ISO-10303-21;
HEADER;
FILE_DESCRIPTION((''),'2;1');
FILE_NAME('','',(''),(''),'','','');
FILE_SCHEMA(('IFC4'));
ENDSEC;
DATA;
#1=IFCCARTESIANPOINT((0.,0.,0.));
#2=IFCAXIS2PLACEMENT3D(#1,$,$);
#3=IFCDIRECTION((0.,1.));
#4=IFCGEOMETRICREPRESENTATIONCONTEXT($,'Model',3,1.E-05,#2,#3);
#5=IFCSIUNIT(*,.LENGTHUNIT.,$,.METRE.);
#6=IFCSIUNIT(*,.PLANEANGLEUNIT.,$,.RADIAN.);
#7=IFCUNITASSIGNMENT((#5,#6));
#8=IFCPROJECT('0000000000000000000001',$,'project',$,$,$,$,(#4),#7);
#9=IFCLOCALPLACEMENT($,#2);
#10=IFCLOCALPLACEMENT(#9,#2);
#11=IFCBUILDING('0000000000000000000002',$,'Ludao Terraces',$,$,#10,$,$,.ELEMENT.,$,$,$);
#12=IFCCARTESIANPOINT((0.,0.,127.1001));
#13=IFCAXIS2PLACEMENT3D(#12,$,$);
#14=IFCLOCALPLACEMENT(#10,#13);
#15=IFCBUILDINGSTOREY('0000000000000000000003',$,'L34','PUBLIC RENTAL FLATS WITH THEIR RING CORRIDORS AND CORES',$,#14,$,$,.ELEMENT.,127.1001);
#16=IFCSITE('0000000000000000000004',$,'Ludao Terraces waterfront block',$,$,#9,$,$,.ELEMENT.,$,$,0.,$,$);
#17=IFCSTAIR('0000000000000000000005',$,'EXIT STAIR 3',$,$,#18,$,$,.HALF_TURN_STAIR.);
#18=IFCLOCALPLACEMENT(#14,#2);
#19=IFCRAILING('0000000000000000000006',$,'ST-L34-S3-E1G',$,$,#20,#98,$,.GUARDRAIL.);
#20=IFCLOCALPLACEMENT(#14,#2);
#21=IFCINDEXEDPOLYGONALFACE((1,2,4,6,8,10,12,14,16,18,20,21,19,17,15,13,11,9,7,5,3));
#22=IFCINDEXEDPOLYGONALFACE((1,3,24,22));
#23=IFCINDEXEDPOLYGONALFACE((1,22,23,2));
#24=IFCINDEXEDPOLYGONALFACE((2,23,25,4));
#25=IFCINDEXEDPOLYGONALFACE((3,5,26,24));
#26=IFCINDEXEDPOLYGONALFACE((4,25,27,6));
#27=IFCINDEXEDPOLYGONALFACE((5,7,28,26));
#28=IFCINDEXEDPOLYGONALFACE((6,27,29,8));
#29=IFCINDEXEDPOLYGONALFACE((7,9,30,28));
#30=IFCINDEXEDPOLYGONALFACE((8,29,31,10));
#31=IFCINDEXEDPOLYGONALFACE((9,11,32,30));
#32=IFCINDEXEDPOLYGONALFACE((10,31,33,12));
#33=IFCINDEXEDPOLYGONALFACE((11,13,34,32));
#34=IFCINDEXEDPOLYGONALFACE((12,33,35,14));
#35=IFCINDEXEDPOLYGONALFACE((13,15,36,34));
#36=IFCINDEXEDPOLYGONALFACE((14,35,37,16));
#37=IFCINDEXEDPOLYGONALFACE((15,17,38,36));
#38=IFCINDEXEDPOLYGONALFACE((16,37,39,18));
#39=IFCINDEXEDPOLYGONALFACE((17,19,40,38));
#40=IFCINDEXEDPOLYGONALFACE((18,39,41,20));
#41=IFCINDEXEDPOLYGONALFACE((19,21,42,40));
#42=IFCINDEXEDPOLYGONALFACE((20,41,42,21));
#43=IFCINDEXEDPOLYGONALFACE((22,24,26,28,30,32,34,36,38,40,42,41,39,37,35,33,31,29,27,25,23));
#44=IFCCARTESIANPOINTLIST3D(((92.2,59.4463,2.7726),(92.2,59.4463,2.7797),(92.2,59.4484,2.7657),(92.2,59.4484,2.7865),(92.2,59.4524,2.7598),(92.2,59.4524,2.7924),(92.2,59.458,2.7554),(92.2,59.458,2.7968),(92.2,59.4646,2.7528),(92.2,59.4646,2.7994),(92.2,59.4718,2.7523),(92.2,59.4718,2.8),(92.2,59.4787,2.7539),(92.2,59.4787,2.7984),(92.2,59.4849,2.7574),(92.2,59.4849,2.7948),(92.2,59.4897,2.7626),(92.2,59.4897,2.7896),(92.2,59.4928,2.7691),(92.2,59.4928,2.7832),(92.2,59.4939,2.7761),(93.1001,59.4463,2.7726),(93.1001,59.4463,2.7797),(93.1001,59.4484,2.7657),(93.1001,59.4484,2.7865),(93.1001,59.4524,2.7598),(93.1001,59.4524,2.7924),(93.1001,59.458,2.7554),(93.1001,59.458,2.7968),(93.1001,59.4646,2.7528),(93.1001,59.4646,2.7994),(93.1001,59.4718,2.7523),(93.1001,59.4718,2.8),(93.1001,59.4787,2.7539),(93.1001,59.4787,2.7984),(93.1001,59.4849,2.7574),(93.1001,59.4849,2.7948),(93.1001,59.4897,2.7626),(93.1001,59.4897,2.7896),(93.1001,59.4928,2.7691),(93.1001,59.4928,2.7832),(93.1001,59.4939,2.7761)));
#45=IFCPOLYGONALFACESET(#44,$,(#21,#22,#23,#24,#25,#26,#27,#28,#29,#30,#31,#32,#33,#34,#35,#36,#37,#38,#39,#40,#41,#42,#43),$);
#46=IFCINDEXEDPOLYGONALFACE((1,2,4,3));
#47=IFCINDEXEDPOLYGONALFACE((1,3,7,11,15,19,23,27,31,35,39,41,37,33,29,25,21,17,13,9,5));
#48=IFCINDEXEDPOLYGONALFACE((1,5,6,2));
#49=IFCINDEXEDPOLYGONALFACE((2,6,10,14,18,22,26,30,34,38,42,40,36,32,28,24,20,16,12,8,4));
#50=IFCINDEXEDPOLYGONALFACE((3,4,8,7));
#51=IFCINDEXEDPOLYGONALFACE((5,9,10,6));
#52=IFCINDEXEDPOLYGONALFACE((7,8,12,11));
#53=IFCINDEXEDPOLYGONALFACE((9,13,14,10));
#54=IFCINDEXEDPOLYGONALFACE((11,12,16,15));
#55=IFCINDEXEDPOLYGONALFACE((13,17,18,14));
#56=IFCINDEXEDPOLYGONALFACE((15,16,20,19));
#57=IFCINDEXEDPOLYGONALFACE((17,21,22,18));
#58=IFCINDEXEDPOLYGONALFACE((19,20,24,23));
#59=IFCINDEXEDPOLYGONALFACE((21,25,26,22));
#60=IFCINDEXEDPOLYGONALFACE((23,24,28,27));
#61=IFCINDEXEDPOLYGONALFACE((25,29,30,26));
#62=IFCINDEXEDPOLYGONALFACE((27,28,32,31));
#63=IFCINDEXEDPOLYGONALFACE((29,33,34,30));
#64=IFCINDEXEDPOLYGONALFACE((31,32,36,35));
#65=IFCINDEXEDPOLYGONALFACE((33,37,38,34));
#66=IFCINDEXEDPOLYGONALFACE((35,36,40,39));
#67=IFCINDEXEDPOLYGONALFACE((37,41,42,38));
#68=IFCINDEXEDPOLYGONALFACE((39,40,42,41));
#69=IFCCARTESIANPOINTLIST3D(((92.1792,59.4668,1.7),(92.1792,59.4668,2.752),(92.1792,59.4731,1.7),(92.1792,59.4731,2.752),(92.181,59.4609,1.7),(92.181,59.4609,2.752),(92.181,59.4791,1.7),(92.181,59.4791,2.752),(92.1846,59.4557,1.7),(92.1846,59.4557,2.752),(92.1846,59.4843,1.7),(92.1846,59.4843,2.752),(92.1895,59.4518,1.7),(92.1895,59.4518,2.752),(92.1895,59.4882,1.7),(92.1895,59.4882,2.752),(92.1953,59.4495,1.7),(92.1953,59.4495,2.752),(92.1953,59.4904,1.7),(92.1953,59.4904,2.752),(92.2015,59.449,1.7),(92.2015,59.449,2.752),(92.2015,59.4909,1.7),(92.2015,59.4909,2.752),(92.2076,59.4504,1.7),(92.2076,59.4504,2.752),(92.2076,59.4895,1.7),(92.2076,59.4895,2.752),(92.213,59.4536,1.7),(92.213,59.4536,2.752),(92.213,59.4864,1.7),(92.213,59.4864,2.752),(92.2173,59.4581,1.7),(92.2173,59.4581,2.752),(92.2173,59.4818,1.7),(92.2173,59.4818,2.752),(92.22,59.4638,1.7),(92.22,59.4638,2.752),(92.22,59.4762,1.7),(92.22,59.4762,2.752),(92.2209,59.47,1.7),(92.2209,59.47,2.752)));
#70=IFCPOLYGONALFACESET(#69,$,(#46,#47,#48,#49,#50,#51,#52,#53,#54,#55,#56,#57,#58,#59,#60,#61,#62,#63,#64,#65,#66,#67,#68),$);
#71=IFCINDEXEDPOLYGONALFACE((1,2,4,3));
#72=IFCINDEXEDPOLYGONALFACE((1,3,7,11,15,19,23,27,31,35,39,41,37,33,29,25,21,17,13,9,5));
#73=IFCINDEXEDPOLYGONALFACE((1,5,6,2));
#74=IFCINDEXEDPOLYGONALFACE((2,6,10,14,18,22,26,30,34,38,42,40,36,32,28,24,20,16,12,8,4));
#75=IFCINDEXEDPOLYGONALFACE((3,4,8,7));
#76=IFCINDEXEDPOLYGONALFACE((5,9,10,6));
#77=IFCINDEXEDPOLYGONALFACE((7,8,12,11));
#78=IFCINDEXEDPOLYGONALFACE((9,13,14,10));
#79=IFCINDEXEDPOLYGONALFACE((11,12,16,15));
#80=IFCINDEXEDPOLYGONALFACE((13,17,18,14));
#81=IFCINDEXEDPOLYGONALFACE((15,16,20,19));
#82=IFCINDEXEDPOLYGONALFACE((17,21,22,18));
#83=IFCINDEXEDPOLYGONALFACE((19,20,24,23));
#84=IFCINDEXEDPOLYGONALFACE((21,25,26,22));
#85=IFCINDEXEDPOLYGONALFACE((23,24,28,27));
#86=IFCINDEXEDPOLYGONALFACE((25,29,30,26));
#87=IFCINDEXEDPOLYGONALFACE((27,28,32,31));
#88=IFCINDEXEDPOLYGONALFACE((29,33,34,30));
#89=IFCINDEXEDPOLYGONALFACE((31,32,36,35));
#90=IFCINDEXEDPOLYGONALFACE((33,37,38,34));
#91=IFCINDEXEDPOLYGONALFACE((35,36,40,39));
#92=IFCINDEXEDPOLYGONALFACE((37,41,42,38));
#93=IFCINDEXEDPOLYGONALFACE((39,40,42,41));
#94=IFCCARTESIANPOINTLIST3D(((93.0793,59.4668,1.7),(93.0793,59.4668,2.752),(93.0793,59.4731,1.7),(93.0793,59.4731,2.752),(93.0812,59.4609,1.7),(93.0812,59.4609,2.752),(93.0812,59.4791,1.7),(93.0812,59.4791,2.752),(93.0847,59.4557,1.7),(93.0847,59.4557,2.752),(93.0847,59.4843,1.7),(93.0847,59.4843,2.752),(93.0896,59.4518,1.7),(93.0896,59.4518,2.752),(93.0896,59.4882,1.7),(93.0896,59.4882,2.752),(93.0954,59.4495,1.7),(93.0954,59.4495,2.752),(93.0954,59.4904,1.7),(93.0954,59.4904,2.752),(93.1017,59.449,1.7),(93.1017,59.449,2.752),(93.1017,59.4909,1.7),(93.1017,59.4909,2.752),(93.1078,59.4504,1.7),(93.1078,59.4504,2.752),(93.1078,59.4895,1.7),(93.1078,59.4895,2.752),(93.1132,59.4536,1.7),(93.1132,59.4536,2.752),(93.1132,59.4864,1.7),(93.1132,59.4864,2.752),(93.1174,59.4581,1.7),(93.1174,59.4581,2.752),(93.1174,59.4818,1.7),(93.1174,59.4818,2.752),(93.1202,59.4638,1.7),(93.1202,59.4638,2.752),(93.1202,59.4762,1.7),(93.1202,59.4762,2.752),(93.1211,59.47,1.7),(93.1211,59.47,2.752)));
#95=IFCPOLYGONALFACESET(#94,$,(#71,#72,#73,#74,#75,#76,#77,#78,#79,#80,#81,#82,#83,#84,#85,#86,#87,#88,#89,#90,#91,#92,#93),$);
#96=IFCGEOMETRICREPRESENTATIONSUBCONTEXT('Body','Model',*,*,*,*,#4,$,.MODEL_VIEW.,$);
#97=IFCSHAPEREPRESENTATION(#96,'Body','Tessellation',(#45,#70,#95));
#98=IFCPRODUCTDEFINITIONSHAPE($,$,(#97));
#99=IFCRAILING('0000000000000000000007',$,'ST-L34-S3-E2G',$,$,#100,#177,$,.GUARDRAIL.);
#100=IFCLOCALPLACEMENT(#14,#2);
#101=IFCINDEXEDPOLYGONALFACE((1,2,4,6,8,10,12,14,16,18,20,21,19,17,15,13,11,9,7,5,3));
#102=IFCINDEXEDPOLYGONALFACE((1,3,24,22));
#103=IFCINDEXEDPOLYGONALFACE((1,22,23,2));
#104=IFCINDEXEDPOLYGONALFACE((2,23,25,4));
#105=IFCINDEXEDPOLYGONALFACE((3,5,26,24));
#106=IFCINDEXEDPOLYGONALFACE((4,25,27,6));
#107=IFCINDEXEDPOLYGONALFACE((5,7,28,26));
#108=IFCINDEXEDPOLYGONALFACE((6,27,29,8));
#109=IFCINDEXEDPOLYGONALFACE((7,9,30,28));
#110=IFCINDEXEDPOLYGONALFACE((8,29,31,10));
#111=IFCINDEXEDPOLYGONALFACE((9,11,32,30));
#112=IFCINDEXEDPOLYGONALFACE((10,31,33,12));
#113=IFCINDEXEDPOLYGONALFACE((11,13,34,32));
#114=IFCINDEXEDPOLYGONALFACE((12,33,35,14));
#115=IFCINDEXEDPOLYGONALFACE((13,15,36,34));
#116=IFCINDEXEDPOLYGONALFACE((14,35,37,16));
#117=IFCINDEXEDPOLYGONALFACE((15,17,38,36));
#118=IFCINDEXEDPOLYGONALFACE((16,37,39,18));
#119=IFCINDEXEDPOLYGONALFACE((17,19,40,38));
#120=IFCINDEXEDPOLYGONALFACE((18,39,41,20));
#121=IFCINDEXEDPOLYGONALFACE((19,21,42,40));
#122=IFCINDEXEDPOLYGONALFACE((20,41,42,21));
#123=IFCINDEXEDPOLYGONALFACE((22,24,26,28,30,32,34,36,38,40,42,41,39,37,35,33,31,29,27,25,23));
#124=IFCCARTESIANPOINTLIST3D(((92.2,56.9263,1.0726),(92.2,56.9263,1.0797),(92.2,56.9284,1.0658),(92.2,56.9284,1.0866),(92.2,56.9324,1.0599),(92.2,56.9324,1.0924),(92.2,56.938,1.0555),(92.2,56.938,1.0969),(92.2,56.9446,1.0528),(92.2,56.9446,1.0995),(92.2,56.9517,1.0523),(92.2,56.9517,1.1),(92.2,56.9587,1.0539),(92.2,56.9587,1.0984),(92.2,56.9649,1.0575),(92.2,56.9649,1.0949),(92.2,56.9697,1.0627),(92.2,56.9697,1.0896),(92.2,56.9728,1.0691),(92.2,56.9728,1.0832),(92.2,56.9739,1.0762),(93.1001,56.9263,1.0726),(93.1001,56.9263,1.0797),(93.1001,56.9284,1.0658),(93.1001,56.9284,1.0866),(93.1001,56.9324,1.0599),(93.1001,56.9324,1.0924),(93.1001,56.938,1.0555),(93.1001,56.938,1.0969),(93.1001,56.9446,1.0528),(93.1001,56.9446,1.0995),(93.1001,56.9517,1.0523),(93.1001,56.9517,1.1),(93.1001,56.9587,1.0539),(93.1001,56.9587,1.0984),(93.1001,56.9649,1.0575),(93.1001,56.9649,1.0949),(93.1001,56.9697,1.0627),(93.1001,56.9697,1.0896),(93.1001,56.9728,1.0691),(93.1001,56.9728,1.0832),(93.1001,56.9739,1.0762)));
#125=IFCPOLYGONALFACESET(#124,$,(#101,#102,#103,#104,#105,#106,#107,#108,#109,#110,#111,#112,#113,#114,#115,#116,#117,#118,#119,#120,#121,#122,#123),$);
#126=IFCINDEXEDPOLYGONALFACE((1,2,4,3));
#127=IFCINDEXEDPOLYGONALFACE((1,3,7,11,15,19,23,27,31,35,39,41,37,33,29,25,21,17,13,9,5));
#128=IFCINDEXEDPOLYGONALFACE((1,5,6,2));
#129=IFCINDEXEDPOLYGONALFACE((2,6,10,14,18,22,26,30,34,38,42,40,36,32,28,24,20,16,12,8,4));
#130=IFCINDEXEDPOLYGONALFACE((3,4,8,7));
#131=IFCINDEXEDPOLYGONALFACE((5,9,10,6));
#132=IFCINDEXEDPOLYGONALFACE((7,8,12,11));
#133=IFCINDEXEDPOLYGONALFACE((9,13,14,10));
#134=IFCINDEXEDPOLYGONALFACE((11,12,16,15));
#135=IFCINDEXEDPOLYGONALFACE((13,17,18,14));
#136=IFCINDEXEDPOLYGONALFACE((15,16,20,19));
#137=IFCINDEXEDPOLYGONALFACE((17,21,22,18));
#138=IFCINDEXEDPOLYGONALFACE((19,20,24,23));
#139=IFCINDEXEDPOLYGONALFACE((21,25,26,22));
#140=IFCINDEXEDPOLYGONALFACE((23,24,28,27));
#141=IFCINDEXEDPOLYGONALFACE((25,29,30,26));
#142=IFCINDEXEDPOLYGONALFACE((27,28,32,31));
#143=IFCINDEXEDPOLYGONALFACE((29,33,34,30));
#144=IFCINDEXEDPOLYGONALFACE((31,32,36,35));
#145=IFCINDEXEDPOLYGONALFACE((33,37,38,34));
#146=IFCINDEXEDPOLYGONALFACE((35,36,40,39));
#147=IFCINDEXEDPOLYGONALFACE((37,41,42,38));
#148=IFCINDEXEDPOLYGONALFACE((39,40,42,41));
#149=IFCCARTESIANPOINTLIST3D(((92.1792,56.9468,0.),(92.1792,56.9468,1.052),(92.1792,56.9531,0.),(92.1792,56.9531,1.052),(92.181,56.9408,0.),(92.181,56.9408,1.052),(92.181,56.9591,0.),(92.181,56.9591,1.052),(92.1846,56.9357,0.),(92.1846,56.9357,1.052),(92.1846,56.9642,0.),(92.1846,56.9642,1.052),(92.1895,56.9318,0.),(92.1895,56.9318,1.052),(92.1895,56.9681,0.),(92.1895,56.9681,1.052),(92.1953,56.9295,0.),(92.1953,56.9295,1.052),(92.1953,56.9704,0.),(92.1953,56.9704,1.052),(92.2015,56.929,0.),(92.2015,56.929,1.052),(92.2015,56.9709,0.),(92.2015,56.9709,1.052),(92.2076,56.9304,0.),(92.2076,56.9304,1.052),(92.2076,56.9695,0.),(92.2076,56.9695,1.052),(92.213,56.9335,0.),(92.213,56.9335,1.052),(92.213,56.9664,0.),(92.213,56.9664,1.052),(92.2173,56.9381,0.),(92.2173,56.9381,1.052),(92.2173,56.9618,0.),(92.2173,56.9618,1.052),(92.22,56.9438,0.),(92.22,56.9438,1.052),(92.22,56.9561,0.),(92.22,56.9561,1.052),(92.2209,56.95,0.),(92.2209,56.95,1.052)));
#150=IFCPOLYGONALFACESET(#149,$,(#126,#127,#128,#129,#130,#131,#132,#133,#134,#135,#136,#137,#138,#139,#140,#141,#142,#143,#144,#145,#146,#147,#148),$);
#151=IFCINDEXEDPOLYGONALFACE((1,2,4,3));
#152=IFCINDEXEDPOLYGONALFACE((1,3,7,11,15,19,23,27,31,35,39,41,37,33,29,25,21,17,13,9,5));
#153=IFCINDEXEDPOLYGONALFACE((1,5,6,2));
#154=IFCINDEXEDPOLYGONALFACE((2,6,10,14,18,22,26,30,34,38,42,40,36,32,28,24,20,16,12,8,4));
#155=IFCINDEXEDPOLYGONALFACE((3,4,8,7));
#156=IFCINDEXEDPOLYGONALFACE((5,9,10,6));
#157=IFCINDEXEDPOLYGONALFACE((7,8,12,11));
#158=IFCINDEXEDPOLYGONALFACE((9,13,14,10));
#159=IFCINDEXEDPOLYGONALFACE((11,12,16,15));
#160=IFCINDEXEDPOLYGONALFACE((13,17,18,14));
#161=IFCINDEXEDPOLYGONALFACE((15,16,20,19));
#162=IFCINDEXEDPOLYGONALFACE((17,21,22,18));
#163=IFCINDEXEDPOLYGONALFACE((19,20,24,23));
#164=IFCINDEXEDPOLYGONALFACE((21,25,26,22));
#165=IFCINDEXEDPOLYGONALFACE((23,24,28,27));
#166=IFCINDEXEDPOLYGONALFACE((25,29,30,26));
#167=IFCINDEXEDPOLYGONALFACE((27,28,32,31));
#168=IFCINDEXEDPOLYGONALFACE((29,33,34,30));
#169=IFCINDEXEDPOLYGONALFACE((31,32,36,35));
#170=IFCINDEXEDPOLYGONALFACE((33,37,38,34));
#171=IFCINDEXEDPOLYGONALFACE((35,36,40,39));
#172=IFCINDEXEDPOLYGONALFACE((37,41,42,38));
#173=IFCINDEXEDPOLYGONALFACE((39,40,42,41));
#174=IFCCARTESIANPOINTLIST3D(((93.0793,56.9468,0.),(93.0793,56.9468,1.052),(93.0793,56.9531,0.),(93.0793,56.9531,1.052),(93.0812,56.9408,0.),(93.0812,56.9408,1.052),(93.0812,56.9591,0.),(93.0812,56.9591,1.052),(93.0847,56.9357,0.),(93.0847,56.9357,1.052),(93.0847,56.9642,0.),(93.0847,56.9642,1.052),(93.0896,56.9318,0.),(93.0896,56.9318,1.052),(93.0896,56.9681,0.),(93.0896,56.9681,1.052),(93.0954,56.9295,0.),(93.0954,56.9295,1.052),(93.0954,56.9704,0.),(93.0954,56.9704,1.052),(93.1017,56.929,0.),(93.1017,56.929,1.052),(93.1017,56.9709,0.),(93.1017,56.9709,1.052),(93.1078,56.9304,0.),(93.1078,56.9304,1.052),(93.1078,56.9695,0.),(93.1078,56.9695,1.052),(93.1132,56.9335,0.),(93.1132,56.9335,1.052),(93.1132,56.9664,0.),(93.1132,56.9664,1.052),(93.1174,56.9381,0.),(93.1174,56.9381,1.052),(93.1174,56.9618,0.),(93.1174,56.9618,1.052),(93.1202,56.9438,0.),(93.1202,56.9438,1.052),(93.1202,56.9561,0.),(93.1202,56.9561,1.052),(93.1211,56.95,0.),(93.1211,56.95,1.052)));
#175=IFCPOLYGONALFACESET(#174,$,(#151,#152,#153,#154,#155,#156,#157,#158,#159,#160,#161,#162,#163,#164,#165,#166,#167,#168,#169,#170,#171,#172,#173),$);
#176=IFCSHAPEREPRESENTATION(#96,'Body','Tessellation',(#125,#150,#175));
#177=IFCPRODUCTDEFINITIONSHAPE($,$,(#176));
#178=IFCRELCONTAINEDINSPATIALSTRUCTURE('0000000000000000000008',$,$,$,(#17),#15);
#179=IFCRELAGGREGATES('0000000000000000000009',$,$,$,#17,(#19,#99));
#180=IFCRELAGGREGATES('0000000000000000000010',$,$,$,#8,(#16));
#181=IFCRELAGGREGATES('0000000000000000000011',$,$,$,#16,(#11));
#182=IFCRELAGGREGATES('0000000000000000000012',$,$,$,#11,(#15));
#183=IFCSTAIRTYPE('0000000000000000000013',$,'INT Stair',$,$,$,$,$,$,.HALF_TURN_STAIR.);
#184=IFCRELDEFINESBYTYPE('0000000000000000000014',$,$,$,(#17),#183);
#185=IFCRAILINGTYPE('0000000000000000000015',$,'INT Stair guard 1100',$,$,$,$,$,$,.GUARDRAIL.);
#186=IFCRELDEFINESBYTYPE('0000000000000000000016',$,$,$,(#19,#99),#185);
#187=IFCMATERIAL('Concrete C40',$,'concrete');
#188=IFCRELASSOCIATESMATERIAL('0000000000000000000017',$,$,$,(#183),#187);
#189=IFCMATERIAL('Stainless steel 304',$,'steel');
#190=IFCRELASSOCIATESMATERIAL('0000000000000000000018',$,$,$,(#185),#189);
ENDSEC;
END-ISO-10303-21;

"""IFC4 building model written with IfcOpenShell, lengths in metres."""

from ifc_helpers import new_model, si_unit, direction, frame, origin, origin_2d, place, context, subcontext, project, spatial, circle, extrude, material, type_object, element, aggregate, save


model = new_model("IFC4")

# Units and contexts
model_context = context("Model", 3, precision=1e-05, world=origin(), true_north=direction((0.0, 1.0)))
body_context = subcontext(model_context, "Body", "Model", "MODEL_VIEW")
ifc_project = project(units=[si_unit("LENGTHUNIT", "METRE"), si_unit("PLANEANGLEUNIT", "RADIAN")], contexts=[model_context])

# Site, building, storey
site_placement = place(None, origin())
site = spatial("IfcSite", under=ifc_project, at=site_placement, Name="Ludao Terraces waterfront block", CompositionType="ELEMENT", RefElevation=0.0)
building_placement = place(site_placement, origin())
building = spatial("IfcBuilding", under=site, at=building_placement, Name="Ludao Terraces", CompositionType="ELEMENT")
storey_placement = place(building_placement, frame((0.0, 0.0, 127.1001)))
storey = spatial("IfcBuildingStorey", under=building, at=storey_placement, Name="L34", Description="PUBLIC RENTAL FLATS WITH THEIR RING CORRIDORS AND CORES", CompositionType="ELEMENT", Elevation=127.1001)

# Shared definitions
ifc_material_1 = material(Name="Concrete C40", Category="concrete")

# Stair, railings
stair_type = type_object("IfcStairType", Name="INT Stair", PredefinedType="HALF_TURN_STAIR", material=ifc_material_1)
stair_placement = place(storey_placement, origin())
stair = element("IfcStair", 1, at=stair_placement, inside=storey, type_object=stair_type, Name="EXIT STAIR 3", PredefinedType="HALF_TURN_STAIR")
ifc_material_2 = material(Name="Stainless steel 304", Category="steel")
railing_type_1 = type_object("IfcRailingType", Name="INT Stair guard 1100", PredefinedType="GUARDRAIL", material=ifc_material_2)
railing_1_placement = place(storey_placement, frame((92.2, 59.47, 1.7)))
railing_1 = element("IfcRailing", 2, at=railing_1_placement, type_object=railing_type_1, Name="ST-L34-S3-E1G", PredefinedType="GUARDRAIL", context=body_context, shape_type="SweptSolid", body=[
    extrude(circle(Radius=0.0239, at=origin_2d()), frame((0.0, 0.0, 1.0762), z_axis=(1.0, 0.0, 0.0), x_axis=(0.0, 1.0, 0.0)), (0.0, 0.0, 1.0), 0.9001),
    extrude(circle(Radius=0.021, at=origin_2d()), origin(), (0.0, 0.0, 1.0), 1.052),
    extrude(circle(Radius=0.021, at=origin_2d()), frame((0.9001, 0.0, 0.0)), (0.0, 0.0, 1.0), 1.052),
])
railing_2_placement = place(storey_placement, frame((92.2, 56.95, 0.0)))
railing_2 = element("IfcRailing", 3, at=railing_2_placement, type_object=railing_type_1, Name="ST-L34-S3-E2G", PredefinedType="GUARDRAIL", context=body_context, shape_type="SweptSolid", body=[
    extrude(circle(Radius=0.0239, at=origin_2d()), frame((0.0, 0.0, 1.0762), z_axis=(1.0, 0.0, 0.0), x_axis=(0.0, 1.0, 0.0)), (0.0, 0.0, 1.0), 0.9001),
    extrude(circle(Radius=0.021, at=origin_2d()), origin(), (0.0, 0.0, 1.0), 1.052),
    extrude(circle(Radius=0.021, at=origin_2d()), frame((0.9001, 0.0, 0.0)), (0.0, 0.0, 1.0), 1.052),
])
aggregate(stair, [railing_1, railing_2])

save(model, "model.ifc")
